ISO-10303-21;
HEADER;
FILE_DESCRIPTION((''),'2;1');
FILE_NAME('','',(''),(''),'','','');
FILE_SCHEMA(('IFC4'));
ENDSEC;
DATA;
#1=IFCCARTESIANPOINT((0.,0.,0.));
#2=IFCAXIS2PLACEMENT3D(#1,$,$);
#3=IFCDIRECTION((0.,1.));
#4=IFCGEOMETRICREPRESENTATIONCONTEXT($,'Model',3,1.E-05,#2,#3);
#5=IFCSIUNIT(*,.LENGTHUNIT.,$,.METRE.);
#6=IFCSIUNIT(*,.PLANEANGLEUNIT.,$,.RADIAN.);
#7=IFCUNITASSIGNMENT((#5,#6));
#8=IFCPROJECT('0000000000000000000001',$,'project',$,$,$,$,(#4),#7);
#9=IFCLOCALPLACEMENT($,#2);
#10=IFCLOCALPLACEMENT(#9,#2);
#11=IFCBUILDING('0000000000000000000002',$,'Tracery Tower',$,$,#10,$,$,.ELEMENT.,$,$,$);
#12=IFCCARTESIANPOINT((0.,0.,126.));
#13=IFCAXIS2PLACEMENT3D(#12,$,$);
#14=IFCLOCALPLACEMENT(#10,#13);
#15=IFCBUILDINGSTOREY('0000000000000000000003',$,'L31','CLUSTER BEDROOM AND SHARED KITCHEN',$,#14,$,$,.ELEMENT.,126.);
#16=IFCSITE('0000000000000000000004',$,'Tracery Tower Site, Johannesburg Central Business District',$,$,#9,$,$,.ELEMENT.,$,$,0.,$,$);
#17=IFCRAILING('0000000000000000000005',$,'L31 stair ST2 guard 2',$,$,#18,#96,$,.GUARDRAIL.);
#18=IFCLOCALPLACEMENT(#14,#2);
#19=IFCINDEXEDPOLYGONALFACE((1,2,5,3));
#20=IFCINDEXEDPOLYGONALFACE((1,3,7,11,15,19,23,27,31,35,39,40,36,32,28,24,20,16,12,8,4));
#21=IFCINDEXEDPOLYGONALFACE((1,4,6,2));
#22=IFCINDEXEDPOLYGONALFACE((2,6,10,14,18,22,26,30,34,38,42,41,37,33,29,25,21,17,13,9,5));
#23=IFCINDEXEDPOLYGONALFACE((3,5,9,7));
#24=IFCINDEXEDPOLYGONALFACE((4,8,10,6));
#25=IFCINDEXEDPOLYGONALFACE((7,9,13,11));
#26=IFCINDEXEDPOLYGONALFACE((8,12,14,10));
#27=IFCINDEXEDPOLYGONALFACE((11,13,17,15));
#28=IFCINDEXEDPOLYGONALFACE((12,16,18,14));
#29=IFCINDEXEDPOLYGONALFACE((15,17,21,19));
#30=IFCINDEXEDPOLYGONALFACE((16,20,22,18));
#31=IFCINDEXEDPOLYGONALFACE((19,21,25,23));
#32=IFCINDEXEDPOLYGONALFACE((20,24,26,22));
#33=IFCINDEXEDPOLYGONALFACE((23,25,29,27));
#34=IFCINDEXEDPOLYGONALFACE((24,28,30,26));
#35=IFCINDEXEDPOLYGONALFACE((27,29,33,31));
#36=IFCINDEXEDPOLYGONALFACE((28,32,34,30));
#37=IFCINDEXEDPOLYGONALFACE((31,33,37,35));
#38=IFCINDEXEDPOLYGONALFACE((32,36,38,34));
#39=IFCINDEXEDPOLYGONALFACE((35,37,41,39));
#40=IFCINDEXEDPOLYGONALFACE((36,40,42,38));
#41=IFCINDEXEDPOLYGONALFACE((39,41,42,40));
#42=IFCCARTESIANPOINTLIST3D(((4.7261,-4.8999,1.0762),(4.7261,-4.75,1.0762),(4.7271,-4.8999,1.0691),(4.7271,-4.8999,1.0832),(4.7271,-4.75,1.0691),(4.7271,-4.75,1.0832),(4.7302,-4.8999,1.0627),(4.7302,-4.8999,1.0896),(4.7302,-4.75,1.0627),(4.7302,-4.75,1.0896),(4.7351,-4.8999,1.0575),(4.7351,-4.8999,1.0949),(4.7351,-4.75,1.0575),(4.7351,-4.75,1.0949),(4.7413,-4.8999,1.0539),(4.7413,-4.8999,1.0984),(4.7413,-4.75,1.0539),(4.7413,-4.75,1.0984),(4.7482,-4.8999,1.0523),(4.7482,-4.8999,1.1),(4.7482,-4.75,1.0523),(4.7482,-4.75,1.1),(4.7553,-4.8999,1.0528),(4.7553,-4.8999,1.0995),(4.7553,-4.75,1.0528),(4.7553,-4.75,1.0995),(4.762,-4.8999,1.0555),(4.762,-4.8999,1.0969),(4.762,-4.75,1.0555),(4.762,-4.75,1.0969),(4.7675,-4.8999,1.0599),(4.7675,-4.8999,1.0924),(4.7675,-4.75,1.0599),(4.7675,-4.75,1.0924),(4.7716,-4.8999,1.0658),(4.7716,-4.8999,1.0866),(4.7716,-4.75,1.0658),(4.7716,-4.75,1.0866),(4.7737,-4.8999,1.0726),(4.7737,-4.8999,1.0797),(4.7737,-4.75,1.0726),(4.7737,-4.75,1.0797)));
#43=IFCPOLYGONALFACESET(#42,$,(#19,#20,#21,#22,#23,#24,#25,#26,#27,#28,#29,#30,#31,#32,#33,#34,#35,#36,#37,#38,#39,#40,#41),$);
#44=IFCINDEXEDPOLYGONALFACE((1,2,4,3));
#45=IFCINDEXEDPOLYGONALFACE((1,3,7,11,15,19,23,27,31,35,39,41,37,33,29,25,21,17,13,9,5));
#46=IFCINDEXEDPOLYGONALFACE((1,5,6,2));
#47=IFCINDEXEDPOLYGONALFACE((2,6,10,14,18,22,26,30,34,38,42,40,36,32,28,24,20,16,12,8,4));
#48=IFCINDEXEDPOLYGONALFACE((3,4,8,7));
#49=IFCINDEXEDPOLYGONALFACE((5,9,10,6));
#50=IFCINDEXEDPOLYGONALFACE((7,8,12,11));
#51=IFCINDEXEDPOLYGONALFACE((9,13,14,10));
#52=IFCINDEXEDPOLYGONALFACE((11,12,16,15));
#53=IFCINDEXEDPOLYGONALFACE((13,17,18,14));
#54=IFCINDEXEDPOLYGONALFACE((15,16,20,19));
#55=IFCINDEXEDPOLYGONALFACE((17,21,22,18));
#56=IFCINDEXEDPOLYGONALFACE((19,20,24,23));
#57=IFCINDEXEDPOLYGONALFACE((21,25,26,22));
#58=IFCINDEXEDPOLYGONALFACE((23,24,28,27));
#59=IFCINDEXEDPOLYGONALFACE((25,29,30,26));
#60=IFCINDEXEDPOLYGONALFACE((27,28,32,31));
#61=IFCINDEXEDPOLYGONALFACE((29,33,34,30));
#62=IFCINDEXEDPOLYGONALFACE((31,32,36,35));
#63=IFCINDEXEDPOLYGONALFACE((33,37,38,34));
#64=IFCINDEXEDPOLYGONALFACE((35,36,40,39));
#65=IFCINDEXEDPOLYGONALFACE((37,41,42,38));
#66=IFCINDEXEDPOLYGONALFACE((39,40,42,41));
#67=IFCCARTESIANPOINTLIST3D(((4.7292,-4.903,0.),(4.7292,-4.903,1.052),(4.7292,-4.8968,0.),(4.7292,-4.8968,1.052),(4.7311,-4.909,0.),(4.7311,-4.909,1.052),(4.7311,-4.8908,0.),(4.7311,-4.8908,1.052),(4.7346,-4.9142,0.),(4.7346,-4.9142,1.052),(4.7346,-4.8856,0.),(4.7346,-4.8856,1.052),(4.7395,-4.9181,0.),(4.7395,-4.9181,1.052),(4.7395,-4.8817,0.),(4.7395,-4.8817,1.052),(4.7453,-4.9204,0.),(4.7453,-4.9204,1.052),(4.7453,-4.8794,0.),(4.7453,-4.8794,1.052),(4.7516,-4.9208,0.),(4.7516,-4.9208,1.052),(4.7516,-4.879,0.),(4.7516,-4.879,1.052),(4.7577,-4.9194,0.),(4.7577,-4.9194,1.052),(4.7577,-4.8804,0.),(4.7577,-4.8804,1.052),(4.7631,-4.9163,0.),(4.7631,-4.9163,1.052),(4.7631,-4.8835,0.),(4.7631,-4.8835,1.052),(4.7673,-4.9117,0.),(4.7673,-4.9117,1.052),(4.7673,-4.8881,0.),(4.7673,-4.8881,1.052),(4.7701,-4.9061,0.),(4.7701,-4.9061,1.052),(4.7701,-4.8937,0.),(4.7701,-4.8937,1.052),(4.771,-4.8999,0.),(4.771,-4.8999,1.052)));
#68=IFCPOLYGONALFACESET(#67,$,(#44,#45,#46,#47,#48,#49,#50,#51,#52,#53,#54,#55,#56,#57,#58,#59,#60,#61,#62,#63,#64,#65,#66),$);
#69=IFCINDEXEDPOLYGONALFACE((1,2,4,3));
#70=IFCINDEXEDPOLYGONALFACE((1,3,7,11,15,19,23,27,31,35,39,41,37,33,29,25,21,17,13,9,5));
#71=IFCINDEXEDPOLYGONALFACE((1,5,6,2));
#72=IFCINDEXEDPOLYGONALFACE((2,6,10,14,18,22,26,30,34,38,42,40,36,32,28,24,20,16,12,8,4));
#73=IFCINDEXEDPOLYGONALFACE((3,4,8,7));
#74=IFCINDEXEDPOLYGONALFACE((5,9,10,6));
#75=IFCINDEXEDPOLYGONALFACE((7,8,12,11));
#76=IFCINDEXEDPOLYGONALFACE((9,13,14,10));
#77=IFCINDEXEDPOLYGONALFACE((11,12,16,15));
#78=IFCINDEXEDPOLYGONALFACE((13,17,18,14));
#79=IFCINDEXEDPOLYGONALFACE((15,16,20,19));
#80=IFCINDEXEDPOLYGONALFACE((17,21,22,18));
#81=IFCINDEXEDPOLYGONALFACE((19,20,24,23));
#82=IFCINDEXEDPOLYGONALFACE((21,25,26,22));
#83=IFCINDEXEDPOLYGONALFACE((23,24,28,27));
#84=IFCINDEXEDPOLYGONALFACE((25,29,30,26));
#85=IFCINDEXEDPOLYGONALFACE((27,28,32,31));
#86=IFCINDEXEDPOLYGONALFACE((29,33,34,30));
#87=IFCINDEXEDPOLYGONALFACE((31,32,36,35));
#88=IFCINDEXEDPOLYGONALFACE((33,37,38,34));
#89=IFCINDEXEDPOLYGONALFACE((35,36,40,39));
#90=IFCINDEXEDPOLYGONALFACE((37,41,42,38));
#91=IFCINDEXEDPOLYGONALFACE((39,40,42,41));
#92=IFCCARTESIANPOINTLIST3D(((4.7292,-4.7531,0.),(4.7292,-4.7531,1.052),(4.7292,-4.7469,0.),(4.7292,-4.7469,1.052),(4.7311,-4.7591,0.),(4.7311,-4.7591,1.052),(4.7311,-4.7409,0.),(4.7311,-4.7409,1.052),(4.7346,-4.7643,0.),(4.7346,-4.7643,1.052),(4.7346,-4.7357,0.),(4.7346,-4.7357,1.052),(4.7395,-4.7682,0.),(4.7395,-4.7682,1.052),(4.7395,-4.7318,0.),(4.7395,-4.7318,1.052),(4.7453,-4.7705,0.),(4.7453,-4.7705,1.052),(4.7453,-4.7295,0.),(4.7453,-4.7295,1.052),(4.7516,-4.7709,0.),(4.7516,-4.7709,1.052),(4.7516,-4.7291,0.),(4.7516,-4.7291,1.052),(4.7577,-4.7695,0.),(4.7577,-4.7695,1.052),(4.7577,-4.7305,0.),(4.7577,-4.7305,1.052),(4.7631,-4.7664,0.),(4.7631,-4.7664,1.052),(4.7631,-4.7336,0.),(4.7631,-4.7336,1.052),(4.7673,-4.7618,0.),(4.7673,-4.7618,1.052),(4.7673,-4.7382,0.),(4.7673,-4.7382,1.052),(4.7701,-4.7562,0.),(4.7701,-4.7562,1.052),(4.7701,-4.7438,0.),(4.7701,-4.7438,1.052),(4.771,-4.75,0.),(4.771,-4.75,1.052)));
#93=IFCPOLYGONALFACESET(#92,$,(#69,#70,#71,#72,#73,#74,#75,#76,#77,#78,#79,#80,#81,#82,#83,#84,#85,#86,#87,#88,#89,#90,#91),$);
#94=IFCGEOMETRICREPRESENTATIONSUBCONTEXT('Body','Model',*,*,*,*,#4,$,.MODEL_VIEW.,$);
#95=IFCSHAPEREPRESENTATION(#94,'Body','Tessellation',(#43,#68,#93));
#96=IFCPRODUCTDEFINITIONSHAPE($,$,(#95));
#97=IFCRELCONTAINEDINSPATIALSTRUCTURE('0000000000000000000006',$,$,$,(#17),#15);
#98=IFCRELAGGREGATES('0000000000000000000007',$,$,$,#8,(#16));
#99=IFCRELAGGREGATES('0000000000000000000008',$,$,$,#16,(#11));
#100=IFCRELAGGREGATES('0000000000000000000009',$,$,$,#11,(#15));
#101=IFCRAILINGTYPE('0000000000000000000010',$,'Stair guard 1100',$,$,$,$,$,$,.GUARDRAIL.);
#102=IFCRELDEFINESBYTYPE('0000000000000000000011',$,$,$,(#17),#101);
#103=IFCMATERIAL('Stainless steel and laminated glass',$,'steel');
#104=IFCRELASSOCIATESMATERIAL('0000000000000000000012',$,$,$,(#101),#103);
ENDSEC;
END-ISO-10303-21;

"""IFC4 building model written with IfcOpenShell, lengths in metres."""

from ifc_helpers import new_model, si_unit, direction, frame, origin, origin_2d, place, context, subcontext, project, spatial, circle, extrude, material, type_object, element, save


model = new_model("IFC4")

# Units and contexts
model_context = context("Model", 3, precision=1e-05, world=origin(), true_north=direction((0.0, 1.0)))
body_context = subcontext(model_context, "Body", "Model", "MODEL_VIEW")
ifc_project = project(units=[si_unit("LENGTHUNIT", "METRE"), si_unit("PLANEANGLEUNIT", "RADIAN")], contexts=[model_context])

# Site, building, storey
site_placement = place(None, origin())
site = spatial("IfcSite", under=ifc_project, at=site_placement, Name="Tracery Tower Site, Johannesburg Central Business District", CompositionType="ELEMENT", RefElevation=0.0)
building_placement = place(site_placement, origin())
building = spatial("IfcBuilding", under=site, at=building_placement, Name="Tracery Tower", CompositionType="ELEMENT")
storey_placement = place(building_placement, frame((0.0, 0.0, 126.0)))
storey = spatial("IfcBuildingStorey", under=building, at=storey_placement, Name="L31", Description="CLUSTER BEDROOM AND SHARED KITCHEN", CompositionType="ELEMENT", Elevation=126.0)

# Railing
ifc_material_1 = material(Name="Stainless steel and laminated glass", Category="steel")
railing_type_1 = type_object("IfcRailingType", Name="Stair guard 1100", PredefinedType="GUARDRAIL", material=ifc_material_1)
railing_1_placement = place(storey_placement, frame((4.75, -4.8999, 0.0)))
element("IfcRailing", 1, at=railing_1_placement, inside=storey, type_object=railing_type_1, Name="L31 stair ST2 guard 2", PredefinedType="GUARDRAIL", context=body_context, shape_type="SweptSolid", body=[
    extrude(circle(Radius=0.0239, at=origin_2d()), frame((0.0, 0.0, 1.0762), z_axis=(0.0, 1.0, 0.0), x_axis=(-1.0, 0.0, 0.0)), (0.0, 0.0, 1.0), 0.1499),
    extrude(circle(Radius=0.021, at=origin_2d()), origin(), (0.0, 0.0, 1.0), 1.052),
    extrude(circle(Radius=0.021, at=origin_2d()), frame((0.0, 0.1499, 0.0)), (0.0, 0.0, 1.0), 1.052),
])

save(model, "model.ifc")
